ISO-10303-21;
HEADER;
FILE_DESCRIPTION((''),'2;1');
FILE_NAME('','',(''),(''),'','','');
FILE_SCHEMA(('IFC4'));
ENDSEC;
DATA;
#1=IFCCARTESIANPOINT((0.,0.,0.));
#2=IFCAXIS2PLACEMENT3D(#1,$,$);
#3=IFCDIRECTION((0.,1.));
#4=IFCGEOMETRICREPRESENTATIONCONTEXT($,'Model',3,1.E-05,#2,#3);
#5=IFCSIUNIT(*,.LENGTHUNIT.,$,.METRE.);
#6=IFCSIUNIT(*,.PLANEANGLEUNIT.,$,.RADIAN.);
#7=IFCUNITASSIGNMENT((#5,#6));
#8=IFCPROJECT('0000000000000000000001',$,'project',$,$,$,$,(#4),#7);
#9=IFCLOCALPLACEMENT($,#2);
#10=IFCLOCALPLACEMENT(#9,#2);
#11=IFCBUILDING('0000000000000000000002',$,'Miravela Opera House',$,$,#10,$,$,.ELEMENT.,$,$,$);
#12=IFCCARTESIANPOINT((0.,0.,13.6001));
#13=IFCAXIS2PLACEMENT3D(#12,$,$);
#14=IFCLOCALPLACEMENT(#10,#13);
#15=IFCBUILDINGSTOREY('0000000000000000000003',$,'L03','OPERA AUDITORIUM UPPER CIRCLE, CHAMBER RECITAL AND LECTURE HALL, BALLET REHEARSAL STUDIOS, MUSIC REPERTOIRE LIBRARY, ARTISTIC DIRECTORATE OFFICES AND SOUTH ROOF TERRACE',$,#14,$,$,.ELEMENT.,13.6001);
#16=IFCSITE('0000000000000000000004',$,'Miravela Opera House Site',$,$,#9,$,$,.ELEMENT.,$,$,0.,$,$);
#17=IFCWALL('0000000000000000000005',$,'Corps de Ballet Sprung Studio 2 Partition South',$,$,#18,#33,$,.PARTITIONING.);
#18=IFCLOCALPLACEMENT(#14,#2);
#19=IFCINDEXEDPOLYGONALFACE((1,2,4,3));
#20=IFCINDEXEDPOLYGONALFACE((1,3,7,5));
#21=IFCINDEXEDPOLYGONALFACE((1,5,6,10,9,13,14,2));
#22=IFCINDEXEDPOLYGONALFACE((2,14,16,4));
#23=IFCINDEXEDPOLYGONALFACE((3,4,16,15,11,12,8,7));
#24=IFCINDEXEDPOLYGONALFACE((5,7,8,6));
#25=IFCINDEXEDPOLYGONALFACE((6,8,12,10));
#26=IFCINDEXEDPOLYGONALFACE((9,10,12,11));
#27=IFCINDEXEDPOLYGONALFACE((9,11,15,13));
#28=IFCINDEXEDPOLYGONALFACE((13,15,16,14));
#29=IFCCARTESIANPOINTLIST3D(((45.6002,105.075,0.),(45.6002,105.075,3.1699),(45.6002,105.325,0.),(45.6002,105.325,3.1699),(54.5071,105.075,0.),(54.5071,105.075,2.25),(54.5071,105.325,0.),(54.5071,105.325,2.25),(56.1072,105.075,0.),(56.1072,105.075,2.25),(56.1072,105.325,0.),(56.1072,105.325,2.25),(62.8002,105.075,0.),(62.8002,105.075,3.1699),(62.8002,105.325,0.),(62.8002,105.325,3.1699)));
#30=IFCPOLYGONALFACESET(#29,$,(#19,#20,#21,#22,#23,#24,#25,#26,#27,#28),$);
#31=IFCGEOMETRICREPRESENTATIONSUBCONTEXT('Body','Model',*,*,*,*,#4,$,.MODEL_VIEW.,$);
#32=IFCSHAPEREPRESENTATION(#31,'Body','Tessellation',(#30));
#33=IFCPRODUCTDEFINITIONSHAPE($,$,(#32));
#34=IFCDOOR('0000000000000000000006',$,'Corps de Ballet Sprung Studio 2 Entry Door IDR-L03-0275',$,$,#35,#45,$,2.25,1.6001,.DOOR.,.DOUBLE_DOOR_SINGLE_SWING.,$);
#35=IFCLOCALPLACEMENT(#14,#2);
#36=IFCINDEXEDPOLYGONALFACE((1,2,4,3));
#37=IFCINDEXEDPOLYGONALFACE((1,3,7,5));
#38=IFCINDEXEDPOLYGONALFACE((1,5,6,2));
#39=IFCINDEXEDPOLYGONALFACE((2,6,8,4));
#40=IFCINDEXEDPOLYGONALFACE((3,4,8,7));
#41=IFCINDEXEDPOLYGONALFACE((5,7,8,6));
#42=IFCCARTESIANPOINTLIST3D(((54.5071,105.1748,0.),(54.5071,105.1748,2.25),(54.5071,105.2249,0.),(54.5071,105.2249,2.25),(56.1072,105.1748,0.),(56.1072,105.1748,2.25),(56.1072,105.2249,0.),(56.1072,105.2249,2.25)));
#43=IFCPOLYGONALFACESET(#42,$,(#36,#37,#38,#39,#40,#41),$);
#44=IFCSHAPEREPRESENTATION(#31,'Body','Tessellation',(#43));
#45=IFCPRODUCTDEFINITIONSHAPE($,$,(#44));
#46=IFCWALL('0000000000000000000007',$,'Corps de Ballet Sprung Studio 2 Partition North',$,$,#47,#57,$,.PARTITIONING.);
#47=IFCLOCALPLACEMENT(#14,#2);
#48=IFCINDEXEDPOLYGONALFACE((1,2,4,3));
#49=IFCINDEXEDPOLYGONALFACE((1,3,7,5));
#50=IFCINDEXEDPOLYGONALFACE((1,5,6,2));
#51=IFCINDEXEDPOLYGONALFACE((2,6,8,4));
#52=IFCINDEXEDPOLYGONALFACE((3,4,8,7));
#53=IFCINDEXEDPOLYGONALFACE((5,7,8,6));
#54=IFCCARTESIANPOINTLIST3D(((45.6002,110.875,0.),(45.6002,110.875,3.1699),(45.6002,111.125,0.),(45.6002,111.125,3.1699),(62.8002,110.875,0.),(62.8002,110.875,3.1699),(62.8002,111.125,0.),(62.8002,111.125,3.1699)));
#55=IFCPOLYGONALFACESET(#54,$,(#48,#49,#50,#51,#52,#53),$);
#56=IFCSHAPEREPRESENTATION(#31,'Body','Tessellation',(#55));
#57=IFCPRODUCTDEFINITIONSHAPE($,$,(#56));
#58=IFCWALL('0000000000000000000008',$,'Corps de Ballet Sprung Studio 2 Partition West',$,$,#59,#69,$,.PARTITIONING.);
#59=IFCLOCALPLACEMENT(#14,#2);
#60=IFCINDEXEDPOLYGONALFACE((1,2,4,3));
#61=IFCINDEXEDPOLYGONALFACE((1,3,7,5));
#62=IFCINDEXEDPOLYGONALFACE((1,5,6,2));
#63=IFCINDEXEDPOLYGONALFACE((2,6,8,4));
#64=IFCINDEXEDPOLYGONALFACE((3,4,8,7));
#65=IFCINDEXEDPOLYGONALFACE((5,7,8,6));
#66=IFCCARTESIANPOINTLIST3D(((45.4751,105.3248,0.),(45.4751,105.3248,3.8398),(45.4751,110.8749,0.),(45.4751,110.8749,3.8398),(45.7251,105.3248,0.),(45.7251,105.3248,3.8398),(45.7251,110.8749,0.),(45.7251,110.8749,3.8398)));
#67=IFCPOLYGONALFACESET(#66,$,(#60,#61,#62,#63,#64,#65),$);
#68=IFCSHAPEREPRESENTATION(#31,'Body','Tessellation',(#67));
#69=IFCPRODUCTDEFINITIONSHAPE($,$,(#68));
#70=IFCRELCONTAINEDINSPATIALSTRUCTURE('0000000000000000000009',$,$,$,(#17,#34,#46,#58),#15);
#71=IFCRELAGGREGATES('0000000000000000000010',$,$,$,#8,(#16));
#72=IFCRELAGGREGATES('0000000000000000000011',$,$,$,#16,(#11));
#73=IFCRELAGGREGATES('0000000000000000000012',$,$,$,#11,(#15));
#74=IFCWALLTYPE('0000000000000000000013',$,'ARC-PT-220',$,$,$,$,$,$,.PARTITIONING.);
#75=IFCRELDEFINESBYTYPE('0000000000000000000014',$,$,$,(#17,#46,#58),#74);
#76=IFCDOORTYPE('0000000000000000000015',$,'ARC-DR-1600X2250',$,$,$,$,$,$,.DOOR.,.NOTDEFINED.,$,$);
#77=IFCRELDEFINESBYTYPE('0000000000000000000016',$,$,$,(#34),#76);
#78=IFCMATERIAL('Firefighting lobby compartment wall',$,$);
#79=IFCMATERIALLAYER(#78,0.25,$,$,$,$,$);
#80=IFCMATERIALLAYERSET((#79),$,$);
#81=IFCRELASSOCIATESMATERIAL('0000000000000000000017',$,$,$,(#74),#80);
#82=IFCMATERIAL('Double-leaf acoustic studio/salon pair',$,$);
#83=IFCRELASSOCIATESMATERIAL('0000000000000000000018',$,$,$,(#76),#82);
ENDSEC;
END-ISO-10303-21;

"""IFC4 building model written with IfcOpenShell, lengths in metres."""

from ifc_helpers import new_model, si_unit, direction, frame, frame_2d, origin, place, context, subcontext, project, spatial, rectangle, extrude, material, layer, layer_set, type_object, element, fill, save


model = new_model("IFC4")

# Units and contexts
model_context = context("Model", 3, precision=1e-05, world=origin(), true_north=direction((0.0, 1.0)))
body_context = subcontext(model_context, "Body", "Model", "MODEL_VIEW")
ifc_project = project(units=[si_unit("LENGTHUNIT", "METRE"), si_unit("PLANEANGLEUNIT", "RADIAN")], contexts=[model_context])

# Site, building, storey
site_placement = place(None, origin())
site = spatial("IfcSite", under=ifc_project, at=site_placement, Name="Miravela Opera House Site", CompositionType="ELEMENT", RefElevation=0.0)
building_placement = place(site_placement, origin())
building = spatial("IfcBuilding", under=site, at=building_placement, Name="Miravela Opera House", CompositionType="ELEMENT")
storey_placement = place(building_placement, frame((0.0, 0.0, 13.6001)))
storey = spatial("IfcBuildingStorey", under=building, at=storey_placement, Name="L03", Description="OPERA AUDITORIUM UPPER CIRCLE, CHAMBER RECITAL AND LECTURE HALL, BALLET REHEARSAL STUDIOS, MUSIC REPERTOIRE LIBRARY, ARTISTIC DIRECTORATE OFFICES AND SOUTH ROOF TERRACE", CompositionType="ELEMENT", Elevation=13.6001)

# Wall, opening, door
ifc_material_1 = material(Name="Firefighting lobby compartment wall")
ifc_layer_1 = layer(ifc_material_1, 0.25)
ifc_layer_set_1 = layer_set([ifc_layer_1])
wall_type_1 = type_object("IfcWallType", Name="ARC-PT-220", PredefinedType="PARTITIONING", material=ifc_layer_set_1)
wall_1_placement = place(storey_placement, frame((45.6001, 105.2, 0.0), z_axis=(0.0, 0.0, 1.0), x_axis=(1.0, 0.0, 0.0)))
wall_1 = element("IfcWall", 1, at=wall_1_placement, inside=storey, type_object=wall_type_1, Name="Corps de Ballet Sprung Studio 2 Partition South", PredefinedType="PARTITIONING", context=body_context, shape_type="SweptSolid", body=[
    extrude(rectangle(XDim=17.2, YDim=0.25, at=frame_2d((8.6001, 0.0))), origin(), (0.0, 0.0, 1.0), 3.1699),
])
opening_1_placement = place(wall_1_placement, frame((8.907, 0.0, 0.0)))
opening_1 = element("IfcOpeningElement", 2, at=opening_1_placement, cuts=wall_1, PredefinedType="OPENING", context=body_context, shape_type="SweptSolid", body=[
    extrude(rectangle(XDim=1.6001, YDim=2.25, at=frame_2d((0.8, 1.125))), frame((0.0, 0.135, 0.0), z_axis=(0.0, -1.0, 0.0), x_axis=(1.0, 0.0, 0.0)), (0.0, 0.0, 1.0), 0.27),
])
ifc_material_2 = material(Name="Double-leaf acoustic studio/salon pair")
door_type = type_object("IfcDoorType", Name="ARC-DR-1600X2250", OperationType="NOTDEFINED", PredefinedType="DOOR", material=ifc_material_2)
door_placement = place(opening_1_placement, origin())
door = element("IfcDoor", 3, at=door_placement, inside=storey, type_object=door_type, Name="Corps de Ballet Sprung Studio 2 Entry Door IDR-L03-0275", OperationType="DOUBLE_DOOR_SINGLE_SWING", OverallHeight=2.25, OverallWidth=1.6001, PredefinedType="DOOR", context=body_context, shape_type="SweptSolid", body=[
    extrude(rectangle(XDim=1.6001, YDim=2.25, at=frame_2d((0.8, 1.125))), frame((0.0, 0.0249, 0.0), z_axis=(0.0, -1.0, 0.0), x_axis=(1.0, 0.0, 0.0)), (0.0, 0.0, 1.0), 0.05),
])
fill(opening_1, door)

# Walls
wall_2_placement = place(storey_placement, frame((45.6001, 111.0, 0.0), z_axis=(0.0, 0.0, 1.0), x_axis=(1.0, 0.0, 0.0)))
element("IfcWall", 4, at=wall_2_placement, inside=storey, type_object=wall_type_1, Name="Corps de Ballet Sprung Studio 2 Partition North", PredefinedType="PARTITIONING", context=body_context, shape_type="SweptSolid", body=[
    extrude(rectangle(XDim=17.2, YDim=0.25, at=frame_2d((8.6001, 0.0))), origin(), (0.0, 0.0, 1.0), 3.1699),
])
wall_3_placement = place(storey_placement, frame((45.6001, 105.325, 0.0), z_axis=(0.0, 0.0, 1.0), x_axis=(0.0, 1.0, 0.0)))
element("IfcWall", 5, at=wall_3_placement, inside=storey, type_object=wall_type_1, Name="Corps de Ballet Sprung Studio 2 Partition West", PredefinedType="PARTITIONING", context=body_context, shape_type="SweptSolid", body=[
    extrude(rectangle(XDim=5.55, YDim=0.25, at=frame_2d((2.7749, 0.0))), origin(), (0.0, 0.0, 1.0), 3.8398),
])

save(model, "model.ifc")
